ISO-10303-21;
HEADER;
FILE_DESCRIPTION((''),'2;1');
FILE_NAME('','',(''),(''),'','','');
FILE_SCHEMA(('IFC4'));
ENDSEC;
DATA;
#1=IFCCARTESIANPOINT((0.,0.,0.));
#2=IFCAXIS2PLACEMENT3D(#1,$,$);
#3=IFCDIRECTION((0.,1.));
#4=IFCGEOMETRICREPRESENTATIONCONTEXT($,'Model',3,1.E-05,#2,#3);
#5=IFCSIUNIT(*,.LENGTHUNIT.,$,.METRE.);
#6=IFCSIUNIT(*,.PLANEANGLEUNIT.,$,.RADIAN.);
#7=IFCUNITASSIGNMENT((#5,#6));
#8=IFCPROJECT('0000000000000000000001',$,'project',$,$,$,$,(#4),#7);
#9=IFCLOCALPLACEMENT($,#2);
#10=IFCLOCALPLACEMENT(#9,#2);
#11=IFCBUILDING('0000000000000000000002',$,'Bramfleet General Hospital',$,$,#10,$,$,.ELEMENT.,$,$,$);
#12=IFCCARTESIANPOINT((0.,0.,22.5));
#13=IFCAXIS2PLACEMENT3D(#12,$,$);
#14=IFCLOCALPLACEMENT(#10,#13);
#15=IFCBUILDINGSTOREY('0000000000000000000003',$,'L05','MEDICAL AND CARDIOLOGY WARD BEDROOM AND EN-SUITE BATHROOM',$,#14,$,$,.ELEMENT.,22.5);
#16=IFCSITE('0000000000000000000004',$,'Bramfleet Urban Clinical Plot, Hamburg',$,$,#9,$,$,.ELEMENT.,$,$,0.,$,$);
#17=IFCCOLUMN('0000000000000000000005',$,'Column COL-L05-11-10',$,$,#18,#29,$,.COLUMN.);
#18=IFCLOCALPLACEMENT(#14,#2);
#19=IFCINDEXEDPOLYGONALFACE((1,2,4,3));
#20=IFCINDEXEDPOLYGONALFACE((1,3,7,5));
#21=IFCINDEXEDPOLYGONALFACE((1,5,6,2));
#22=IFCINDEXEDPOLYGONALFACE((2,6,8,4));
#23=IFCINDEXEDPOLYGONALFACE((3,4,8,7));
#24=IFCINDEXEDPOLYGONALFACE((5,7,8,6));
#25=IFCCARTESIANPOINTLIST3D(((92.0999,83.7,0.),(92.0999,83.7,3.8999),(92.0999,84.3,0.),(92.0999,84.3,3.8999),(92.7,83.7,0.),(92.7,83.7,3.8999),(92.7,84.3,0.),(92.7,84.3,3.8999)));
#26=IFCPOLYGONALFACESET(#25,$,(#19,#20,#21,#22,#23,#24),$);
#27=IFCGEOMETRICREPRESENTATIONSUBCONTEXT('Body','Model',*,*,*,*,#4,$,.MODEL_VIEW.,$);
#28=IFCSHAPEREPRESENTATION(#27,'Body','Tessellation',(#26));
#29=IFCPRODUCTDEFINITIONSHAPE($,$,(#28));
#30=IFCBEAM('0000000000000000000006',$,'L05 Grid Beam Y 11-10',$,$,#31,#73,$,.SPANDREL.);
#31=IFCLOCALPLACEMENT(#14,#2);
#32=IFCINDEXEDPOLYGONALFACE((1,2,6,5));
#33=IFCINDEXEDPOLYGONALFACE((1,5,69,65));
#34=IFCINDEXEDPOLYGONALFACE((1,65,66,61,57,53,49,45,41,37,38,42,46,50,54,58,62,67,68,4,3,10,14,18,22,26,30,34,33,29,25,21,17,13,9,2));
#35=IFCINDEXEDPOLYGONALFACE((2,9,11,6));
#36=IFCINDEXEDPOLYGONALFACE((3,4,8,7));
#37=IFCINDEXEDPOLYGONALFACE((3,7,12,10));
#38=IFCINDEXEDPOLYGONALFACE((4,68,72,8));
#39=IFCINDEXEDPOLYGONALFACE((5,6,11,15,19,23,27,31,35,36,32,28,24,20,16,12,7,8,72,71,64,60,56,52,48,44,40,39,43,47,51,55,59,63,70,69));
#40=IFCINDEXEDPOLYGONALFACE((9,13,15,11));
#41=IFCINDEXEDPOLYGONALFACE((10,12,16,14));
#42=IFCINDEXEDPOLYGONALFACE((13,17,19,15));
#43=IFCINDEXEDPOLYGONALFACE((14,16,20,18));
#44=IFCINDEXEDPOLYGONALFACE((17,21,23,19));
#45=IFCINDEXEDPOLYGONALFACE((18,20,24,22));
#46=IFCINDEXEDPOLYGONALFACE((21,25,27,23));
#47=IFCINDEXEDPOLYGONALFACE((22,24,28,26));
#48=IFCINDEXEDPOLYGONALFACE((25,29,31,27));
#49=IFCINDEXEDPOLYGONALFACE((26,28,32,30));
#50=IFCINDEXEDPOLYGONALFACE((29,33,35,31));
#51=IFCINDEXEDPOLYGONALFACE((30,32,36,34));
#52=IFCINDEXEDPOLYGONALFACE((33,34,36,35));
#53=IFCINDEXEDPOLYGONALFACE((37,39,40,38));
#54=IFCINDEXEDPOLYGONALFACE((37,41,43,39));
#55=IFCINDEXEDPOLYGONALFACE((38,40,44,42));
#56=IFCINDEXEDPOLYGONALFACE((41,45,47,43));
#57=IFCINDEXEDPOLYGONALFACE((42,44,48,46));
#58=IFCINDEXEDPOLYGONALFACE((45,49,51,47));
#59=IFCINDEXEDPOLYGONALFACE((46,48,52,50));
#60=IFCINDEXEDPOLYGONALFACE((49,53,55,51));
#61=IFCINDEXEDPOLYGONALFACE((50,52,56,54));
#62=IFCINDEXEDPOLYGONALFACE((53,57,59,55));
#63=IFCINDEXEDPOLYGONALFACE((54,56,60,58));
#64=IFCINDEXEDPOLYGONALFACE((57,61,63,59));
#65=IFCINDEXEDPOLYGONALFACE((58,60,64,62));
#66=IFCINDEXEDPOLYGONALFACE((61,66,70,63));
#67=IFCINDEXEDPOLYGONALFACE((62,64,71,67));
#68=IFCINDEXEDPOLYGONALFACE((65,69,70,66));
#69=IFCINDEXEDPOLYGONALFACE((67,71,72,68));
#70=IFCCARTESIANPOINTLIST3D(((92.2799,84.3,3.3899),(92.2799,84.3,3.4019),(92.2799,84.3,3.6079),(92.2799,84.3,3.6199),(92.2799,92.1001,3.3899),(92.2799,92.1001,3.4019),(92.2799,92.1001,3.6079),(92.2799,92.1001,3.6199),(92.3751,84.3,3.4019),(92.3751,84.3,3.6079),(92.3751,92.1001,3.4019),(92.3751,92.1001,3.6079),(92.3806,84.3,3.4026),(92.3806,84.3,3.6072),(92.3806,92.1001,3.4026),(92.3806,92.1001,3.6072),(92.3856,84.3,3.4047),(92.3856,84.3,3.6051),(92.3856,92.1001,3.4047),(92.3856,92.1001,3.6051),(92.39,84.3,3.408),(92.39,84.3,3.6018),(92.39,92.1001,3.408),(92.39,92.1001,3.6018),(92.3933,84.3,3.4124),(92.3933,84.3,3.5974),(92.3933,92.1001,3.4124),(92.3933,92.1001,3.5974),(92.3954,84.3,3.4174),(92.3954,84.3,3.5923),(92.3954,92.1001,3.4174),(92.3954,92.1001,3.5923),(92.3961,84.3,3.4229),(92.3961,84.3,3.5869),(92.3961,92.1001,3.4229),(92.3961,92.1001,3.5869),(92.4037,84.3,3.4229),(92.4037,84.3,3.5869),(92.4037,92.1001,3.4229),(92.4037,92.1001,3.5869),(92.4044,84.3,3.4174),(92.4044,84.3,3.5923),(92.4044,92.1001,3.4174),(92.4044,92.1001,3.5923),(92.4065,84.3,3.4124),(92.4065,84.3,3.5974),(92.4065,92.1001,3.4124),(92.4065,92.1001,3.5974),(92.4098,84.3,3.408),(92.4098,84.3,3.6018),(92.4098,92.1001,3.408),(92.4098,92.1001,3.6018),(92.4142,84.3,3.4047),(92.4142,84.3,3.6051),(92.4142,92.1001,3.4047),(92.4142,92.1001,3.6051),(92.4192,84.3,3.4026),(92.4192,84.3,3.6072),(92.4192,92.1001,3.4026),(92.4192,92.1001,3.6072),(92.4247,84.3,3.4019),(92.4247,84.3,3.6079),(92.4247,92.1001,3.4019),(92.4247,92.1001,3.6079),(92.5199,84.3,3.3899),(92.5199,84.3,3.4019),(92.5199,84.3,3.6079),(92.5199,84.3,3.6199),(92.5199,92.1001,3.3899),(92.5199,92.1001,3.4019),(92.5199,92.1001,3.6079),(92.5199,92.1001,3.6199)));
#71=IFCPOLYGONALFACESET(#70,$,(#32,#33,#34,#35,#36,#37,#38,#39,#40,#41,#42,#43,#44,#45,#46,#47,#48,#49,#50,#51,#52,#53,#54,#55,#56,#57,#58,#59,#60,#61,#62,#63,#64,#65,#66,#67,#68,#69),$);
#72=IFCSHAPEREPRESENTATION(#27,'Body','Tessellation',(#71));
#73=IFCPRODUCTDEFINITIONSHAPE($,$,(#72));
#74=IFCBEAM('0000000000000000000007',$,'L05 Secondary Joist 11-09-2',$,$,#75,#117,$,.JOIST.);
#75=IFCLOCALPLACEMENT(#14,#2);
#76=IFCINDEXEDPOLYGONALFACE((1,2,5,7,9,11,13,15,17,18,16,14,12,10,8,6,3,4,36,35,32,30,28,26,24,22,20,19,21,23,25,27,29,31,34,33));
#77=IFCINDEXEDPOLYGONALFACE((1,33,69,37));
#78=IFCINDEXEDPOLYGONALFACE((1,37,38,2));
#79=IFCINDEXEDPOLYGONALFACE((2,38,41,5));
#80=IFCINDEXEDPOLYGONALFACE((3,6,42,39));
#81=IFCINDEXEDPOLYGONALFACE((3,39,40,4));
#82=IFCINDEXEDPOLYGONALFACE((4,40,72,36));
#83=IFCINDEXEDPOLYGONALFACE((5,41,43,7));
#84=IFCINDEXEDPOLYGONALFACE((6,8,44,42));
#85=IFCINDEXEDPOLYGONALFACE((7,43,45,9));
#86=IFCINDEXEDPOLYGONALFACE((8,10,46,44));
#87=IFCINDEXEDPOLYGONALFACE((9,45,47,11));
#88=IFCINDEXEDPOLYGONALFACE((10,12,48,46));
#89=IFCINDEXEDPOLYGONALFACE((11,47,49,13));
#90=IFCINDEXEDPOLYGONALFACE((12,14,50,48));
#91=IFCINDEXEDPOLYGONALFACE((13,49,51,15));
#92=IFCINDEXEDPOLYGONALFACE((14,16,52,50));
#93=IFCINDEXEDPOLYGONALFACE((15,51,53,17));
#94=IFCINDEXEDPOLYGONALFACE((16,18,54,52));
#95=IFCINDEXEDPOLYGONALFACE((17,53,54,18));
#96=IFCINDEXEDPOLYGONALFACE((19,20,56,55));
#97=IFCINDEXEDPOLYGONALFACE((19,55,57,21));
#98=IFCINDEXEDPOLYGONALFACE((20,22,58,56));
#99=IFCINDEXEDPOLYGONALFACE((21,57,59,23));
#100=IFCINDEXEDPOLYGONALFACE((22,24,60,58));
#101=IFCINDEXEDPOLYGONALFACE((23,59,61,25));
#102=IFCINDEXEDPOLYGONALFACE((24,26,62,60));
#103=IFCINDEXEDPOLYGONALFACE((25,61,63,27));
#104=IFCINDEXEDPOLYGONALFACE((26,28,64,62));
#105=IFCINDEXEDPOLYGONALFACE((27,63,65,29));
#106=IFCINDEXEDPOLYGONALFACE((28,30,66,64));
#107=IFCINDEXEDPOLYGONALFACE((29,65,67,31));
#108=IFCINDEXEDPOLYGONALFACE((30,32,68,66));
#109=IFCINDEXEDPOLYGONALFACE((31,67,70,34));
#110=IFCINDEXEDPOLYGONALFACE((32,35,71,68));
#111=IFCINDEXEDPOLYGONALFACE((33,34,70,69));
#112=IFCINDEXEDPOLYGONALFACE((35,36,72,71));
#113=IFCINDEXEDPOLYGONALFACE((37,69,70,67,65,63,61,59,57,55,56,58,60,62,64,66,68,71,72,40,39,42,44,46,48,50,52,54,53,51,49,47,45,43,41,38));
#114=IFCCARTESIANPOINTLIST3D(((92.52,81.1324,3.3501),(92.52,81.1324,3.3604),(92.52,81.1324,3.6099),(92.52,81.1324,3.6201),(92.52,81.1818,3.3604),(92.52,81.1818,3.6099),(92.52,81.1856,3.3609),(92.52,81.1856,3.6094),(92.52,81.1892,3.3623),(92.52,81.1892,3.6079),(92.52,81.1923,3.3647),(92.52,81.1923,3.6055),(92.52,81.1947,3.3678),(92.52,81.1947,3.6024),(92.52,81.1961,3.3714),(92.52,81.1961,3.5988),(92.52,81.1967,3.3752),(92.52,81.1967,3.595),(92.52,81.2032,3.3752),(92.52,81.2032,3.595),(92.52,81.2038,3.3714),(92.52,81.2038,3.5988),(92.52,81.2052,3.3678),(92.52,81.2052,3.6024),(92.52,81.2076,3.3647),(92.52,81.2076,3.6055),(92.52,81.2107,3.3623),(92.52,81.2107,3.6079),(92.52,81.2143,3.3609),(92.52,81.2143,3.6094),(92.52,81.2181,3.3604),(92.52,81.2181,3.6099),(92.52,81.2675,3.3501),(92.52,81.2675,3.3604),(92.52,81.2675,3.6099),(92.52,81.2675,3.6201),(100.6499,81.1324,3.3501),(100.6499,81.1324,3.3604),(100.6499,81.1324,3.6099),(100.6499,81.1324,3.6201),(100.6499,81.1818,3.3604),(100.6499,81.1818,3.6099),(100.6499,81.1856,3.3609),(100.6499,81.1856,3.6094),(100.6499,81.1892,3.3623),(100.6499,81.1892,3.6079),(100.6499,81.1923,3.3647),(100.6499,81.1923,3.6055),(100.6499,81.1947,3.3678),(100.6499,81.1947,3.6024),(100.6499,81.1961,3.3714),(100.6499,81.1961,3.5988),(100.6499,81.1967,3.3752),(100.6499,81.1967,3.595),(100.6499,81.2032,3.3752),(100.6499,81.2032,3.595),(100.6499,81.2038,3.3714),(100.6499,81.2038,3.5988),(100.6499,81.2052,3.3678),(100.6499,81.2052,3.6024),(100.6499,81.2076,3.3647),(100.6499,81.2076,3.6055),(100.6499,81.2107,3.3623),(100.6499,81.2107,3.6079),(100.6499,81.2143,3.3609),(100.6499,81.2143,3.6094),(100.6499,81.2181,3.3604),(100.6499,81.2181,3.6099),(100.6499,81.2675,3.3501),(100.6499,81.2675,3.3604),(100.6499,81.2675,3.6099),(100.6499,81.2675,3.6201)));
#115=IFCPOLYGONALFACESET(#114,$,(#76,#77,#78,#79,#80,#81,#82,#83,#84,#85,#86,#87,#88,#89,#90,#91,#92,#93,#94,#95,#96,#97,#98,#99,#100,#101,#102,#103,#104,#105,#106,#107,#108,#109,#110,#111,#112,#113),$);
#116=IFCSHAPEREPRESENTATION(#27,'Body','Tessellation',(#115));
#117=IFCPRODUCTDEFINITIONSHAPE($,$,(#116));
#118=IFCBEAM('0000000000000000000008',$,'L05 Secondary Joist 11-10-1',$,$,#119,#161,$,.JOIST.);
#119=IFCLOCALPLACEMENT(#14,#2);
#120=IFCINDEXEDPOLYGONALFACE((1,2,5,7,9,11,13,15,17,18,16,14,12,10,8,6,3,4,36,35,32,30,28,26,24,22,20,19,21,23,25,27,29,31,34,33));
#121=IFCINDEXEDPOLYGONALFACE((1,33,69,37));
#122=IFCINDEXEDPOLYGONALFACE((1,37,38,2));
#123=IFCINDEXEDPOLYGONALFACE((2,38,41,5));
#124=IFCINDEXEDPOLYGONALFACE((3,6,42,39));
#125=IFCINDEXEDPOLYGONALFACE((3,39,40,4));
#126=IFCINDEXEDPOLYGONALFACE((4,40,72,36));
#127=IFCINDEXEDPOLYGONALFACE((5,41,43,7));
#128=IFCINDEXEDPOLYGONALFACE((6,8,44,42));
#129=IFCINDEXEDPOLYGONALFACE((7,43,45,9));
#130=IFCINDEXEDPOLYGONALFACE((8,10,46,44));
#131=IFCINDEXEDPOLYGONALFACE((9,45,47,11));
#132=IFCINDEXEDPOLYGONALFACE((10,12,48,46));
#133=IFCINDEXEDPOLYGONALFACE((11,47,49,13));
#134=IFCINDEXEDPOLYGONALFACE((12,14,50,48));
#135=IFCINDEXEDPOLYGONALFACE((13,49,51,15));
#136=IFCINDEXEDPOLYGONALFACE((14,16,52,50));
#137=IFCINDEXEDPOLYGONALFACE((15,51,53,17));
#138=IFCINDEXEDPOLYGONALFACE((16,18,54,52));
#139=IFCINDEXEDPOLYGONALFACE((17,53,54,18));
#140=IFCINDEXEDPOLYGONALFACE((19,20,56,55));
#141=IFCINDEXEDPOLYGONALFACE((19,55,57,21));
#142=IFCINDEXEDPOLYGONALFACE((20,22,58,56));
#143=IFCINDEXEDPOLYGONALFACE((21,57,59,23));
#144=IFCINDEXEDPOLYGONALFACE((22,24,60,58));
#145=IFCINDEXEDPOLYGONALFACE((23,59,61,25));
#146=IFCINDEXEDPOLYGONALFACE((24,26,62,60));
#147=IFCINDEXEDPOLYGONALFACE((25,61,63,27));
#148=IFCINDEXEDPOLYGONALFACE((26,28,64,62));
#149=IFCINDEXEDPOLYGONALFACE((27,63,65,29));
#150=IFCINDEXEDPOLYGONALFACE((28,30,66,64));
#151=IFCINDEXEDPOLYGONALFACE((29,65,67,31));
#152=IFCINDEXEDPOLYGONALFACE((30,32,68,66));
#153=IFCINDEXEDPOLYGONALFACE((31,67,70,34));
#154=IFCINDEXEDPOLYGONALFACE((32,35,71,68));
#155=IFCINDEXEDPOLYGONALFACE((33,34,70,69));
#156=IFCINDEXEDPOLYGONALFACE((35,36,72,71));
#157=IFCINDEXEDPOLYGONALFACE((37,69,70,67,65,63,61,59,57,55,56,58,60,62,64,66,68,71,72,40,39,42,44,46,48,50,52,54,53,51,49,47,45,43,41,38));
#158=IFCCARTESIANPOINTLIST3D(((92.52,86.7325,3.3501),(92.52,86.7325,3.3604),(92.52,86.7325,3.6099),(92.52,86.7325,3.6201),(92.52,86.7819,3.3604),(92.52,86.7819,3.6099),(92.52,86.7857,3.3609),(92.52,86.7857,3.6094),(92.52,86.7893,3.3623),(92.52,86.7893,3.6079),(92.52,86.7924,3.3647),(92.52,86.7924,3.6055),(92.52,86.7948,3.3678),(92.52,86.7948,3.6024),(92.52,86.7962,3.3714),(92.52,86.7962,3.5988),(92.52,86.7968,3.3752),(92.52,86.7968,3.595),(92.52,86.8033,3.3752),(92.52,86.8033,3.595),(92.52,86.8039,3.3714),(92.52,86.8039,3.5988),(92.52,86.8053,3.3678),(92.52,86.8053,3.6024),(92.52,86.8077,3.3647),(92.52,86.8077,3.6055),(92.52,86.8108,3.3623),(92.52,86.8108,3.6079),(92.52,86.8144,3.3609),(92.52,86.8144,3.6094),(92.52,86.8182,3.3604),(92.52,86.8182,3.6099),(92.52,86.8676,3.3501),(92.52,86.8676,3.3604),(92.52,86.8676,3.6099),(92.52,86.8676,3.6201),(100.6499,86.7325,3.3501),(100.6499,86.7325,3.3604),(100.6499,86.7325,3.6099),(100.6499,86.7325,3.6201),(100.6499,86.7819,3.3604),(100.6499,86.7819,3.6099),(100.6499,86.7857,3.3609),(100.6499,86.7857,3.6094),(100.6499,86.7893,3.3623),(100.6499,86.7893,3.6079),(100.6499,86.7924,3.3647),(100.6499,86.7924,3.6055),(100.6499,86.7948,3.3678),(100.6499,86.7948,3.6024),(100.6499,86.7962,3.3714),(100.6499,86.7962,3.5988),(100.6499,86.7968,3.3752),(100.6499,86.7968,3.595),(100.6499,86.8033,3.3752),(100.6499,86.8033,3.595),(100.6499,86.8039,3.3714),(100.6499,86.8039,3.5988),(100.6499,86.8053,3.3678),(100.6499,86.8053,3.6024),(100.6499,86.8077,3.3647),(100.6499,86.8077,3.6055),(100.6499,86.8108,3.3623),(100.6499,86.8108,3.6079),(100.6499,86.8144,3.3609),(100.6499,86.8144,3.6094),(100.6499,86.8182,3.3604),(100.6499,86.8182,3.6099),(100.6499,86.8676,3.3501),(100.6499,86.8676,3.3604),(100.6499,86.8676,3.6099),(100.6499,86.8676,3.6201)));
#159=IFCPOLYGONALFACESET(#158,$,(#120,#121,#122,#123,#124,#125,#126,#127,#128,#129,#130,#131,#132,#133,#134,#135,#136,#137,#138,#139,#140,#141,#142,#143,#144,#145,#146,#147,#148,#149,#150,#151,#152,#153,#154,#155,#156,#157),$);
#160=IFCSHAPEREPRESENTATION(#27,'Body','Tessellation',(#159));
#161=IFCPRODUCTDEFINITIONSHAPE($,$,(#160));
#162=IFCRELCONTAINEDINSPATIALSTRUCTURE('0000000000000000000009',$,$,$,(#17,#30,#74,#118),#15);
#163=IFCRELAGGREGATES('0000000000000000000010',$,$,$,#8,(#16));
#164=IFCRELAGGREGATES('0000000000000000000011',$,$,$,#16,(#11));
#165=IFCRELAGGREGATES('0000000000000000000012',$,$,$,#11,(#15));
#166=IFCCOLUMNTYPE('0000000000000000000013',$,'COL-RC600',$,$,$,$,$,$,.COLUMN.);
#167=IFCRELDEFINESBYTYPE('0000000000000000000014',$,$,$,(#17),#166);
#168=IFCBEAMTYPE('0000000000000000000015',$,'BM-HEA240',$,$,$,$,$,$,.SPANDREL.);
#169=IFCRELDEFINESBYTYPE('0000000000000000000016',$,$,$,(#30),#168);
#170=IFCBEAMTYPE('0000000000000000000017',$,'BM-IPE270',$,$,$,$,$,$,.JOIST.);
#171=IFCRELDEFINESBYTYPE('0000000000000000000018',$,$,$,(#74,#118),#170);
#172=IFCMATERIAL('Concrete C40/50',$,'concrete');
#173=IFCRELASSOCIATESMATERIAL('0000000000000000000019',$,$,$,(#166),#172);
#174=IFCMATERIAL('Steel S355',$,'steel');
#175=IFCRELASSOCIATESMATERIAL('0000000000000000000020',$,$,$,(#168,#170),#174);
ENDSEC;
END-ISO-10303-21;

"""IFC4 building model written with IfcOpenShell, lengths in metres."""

from ifc_helpers import new_model, si_unit, direction, frame, origin, origin_2d, place, context, subcontext, project, spatial, rectangle, i_section, extrude, material, material_profile, profile_set, type_object, element, save


model = new_model("IFC4")

# Units and contexts
model_context = context("Model", 3, precision=1e-05, world=origin(), true_north=direction((0.0, 1.0)))
body_context = subcontext(model_context, "Body", "Model", "MODEL_VIEW")
ifc_project = project(units=[si_unit("LENGTHUNIT", "METRE"), si_unit("PLANEANGLEUNIT", "RADIAN")], contexts=[model_context])

# Site, building, storey
site_placement = place(None, origin())
site = spatial("IfcSite", under=ifc_project, at=site_placement, Name="Bramfleet Urban Clinical Plot, Hamburg", CompositionType="ELEMENT", RefElevation=0.0)
building_placement = place(site_placement, origin())
building = spatial("IfcBuilding", under=site, at=building_placement, Name="Bramfleet General Hospital", CompositionType="ELEMENT")
storey_placement = place(building_placement, frame((0.0, 0.0, 22.5)))
storey = spatial("IfcBuildingStorey", under=building, at=storey_placement, Name="L05", Description="MEDICAL AND CARDIOLOGY WARD BEDROOM AND EN-SUITE BATHROOM", CompositionType="ELEMENT", Elevation=22.5)

# Column
ifc_material_1 = material(Name="Concrete C40/50", Category="concrete")
ifc_material_profile_1 = material_profile(ifc_material_1, rectangle(XDim=0.6001, YDim=0.6001, at=origin_2d()), Name="RC COL 600x600")
ifc_profile_set_1 = profile_set([ifc_material_profile_1], Name="Concrete C40/50")
column_type = type_object("IfcColumnType", Name="COL-RC600", PredefinedType="COLUMN", material=ifc_profile_set_1)
column_placement = place(storey_placement, frame((92.3999, 84.0, 0.0), z_axis=(0.0, 0.0, 1.0), x_axis=(1.0, 0.0, 0.0)))
element("IfcColumn", 1, at=column_placement, inside=storey, type_object=column_type, Name="Column COL-L05-11-10", PredefinedType="COLUMN", context=body_context, shape_type="SweptSolid", body=[
    extrude(rectangle(XDim=0.6001, YDim=0.6001, at=origin_2d()), origin(), (0.0, 0.0, 1.0), 3.8999),
])

# Beams
ifc_material_2 = material(Name="Steel S355", Category="steel")
ifc_material_profile_2 = material_profile(ifc_material_2, i_section(OverallWidth=0.24, OverallDepth=0.23, WebThickness=0.0076, FlangeThickness=0.012, FilletRadius=0.021, at=origin_2d()), Name="HEA 240")
ifc_profile_set_2 = profile_set([ifc_material_profile_2], Name="Steel S355")
beam_type_1 = type_object("IfcBeamType", Name="BM-HEA240", PredefinedType="SPANDREL", material=ifc_profile_set_2)
beam_placement = place(storey_placement, frame((92.3999, 84.3, 3.5049), z_axis=(0.0, 1.0, 0.0), x_axis=(-1.0, 0.0, 0.0)))
element("IfcBeam", 2, at=beam_placement, inside=storey, type_object=beam_type_1, Name="L05 Grid Beam Y 11-10", PredefinedType="SPANDREL", context=body_context, shape_type="SweptSolid", body=[
    extrude(i_section(OverallWidth=0.24, OverallDepth=0.23, WebThickness=0.0076, FlangeThickness=0.012, FilletRadius=0.021, at=origin_2d()), origin(), (0.0, 0.0, 1.0), 7.8),
])
ifc_material_profile_3 = material_profile(ifc_material_2, i_section(OverallWidth=0.135, OverallDepth=0.27, WebThickness=0.0066, FlangeThickness=0.0103, FilletRadius=0.0149, at=origin_2d()), Name="IPE 270")
ifc_profile_set_3 = profile_set([ifc_material_profile_3], Name="Steel S355")
beam_type_2 = type_object("IfcBeamType", Name="BM-IPE270", PredefinedType="JOIST", material=ifc_profile_set_3)
for number, where, z_axis, x_axis, name in (
    (3, (92.52, 81.2, 3.4851), (1.0, 0.0, 0.0), (0.0, 1.0, 0.0), "L05 Secondary Joist 11-09-2"),
    (4, (92.52, 86.8, 3.4851), (1.0, 0.0, 0.0), (0.0, 1.0, 0.0), "L05 Secondary Joist 11-10-1"),
):
    element("IfcBeam", number, at=place(storey_placement, frame(where, z_axis=z_axis, x_axis=x_axis)), inside=storey, type_object=beam_type_2, Name=name, PredefinedType="JOIST", context=body_context, shape_type="SweptSolid", body=[
        extrude(i_section(OverallWidth=0.135, OverallDepth=0.27, WebThickness=0.0066, FlangeThickness=0.0103, FilletRadius=0.0149, at=origin_2d()), origin(), (0.0, 0.0, 1.0), 8.1299),
    ])

save(model, "model.ifc")
